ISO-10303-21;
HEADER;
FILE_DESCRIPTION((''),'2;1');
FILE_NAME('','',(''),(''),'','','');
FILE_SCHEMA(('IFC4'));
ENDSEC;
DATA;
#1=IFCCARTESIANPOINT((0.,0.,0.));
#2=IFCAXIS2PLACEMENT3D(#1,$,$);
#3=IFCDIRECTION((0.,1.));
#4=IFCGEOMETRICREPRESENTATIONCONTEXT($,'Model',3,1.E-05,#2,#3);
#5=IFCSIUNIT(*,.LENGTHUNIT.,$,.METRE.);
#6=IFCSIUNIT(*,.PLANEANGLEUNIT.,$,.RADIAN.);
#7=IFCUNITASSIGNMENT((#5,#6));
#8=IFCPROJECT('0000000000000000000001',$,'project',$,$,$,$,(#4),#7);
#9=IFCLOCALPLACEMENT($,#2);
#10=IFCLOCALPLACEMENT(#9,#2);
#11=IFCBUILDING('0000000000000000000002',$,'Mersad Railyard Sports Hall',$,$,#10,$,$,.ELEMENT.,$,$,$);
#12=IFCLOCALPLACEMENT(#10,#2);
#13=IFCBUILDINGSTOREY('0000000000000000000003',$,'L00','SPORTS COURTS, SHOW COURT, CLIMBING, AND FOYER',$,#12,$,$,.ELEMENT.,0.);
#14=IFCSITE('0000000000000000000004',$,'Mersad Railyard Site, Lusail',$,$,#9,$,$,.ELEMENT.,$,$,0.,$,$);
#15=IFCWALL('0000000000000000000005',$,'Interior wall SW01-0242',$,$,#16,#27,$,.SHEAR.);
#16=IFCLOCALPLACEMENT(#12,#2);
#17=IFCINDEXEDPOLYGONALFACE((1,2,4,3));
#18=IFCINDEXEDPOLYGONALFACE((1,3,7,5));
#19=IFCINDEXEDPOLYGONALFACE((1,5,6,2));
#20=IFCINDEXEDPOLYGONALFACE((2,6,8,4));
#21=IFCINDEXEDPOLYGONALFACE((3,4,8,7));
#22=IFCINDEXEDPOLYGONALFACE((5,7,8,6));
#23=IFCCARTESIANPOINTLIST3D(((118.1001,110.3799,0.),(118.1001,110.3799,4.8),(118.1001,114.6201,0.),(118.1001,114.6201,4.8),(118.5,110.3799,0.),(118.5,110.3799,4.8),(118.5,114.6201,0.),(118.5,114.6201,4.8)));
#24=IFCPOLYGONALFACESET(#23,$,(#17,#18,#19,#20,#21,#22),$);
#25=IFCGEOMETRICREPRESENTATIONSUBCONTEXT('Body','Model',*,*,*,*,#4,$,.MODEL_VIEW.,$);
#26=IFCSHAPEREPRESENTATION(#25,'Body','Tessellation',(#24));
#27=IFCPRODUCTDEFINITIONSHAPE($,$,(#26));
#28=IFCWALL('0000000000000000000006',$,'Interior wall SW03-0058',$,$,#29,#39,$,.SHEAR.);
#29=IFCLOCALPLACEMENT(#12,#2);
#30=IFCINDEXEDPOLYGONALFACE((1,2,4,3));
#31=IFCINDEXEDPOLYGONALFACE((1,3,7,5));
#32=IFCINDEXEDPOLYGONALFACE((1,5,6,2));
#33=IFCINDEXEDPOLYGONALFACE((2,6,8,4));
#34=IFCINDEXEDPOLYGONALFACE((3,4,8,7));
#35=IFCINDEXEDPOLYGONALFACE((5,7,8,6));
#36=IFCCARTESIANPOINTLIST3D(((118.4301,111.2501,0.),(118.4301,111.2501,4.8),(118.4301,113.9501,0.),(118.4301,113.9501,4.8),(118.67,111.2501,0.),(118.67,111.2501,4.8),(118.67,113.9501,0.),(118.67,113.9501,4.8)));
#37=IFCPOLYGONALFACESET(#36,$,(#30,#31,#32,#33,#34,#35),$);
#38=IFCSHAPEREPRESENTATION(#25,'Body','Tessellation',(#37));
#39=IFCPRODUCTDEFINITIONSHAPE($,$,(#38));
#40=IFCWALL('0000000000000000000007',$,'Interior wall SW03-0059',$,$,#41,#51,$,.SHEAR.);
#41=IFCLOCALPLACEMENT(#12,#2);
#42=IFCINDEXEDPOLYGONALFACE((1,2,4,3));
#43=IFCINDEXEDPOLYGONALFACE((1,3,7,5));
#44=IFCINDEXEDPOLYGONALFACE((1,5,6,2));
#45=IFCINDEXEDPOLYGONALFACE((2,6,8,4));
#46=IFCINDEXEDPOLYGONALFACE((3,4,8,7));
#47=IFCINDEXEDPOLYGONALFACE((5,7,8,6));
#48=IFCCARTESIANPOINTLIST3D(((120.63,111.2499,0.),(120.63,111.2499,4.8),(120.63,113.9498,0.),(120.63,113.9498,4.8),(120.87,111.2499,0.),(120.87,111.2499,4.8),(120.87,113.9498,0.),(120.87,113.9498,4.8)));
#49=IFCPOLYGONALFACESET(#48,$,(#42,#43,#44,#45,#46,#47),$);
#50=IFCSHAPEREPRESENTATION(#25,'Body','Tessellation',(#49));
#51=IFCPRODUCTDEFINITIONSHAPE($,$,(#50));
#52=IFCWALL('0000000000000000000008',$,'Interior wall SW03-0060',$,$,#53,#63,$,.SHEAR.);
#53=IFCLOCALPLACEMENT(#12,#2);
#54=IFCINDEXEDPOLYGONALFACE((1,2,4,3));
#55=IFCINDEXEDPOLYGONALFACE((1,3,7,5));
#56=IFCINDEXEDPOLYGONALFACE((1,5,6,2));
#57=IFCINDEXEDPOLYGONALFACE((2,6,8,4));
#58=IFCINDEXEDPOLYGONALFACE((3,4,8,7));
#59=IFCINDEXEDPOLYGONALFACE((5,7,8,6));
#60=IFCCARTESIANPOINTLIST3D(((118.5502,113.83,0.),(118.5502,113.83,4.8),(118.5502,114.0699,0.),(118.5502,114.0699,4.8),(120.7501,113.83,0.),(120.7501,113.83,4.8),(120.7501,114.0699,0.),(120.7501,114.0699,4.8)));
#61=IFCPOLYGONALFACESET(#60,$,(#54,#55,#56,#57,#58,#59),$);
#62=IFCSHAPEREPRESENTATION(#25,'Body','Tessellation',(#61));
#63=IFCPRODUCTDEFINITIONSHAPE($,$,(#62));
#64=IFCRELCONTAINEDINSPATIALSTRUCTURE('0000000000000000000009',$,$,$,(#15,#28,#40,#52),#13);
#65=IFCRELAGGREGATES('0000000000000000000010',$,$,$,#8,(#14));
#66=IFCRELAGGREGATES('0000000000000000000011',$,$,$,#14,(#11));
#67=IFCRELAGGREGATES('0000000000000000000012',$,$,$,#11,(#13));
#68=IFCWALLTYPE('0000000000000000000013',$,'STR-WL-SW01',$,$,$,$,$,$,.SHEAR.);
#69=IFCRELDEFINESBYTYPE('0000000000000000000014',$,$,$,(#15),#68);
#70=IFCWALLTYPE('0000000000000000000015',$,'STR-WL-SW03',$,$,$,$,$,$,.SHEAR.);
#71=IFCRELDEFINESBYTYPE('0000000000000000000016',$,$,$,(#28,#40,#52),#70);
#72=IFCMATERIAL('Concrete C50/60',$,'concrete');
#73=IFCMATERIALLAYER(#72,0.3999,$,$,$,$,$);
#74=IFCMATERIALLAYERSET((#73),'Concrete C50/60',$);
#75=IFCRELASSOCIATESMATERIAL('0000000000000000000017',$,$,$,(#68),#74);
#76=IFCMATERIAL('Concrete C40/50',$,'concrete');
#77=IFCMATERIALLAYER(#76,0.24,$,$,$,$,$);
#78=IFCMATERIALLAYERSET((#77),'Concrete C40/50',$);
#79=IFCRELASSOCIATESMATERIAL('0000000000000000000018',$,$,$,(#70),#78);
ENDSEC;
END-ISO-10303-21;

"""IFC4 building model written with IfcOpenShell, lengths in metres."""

from ifc_helpers import new_model, si_unit, direction, frame, frame_2d, origin, place, context, subcontext, project, spatial, rectangle, extrude, material, layer, layer_set, type_object, element, save


model = new_model("IFC4")

# Units and contexts
model_context = context("Model", 3, precision=1e-05, world=origin(), true_north=direction((0.0, 1.0)))
body_context = subcontext(model_context, "Body", "Model", "MODEL_VIEW")
ifc_project = project(units=[si_unit("LENGTHUNIT", "METRE"), si_unit("PLANEANGLEUNIT", "RADIAN")], contexts=[model_context])

# Site, building, storey
site_placement = place(None, origin())
site = spatial("IfcSite", under=ifc_project, at=site_placement, Name="Mersad Railyard Site, Lusail", CompositionType="ELEMENT", RefElevation=0.0)
building_placement = place(site_placement, origin())
building = spatial("IfcBuilding", under=site, at=building_placement, Name="Mersad Railyard Sports Hall", CompositionType="ELEMENT")
storey_placement = place(building_placement, origin())
storey = spatial("IfcBuildingStorey", under=building, at=storey_placement, Name="L00", Description="SPORTS COURTS, SHOW COURT, CLIMBING, AND FOYER", CompositionType="ELEMENT", Elevation=0.0)

# Shared definitions
ifc_material_1 = material(Name="Concrete C50/60", Category="concrete")

# Shared definitions
ifc_material_2 = material(Name="Concrete C40/50", Category="concrete")

# Walls
ifc_layer_1 = layer(ifc_material_1, 0.3999)
ifc_layer_set_1 = layer_set([ifc_layer_1], Name="Concrete C50/60")
wall_type_1 = type_object("IfcWallType", Name="STR-WL-SW01", PredefinedType="SHEAR", material=ifc_layer_set_1)
wall_1_placement = place(storey_placement, frame((118.3, 110.3799, 0.0), z_axis=(0.0, 0.0, 1.0), x_axis=(0.0, 1.0, 0.0)))
element("IfcWall", 1, at=wall_1_placement, inside=storey, type_object=wall_type_1, Name="Interior wall SW01-0242", PredefinedType="SHEAR", context=body_context, shape_type="SweptSolid", body=[
    extrude(rectangle(XDim=4.2402, YDim=0.3999, at=frame_2d((2.1201, 0.0))), origin(), (0.0, 0.0, 1.0), 4.8),
])
ifc_layer_2 = layer(ifc_material_2, 0.24)
ifc_layer_set_2 = layer_set([ifc_layer_2], Name="Concrete C40/50")
wall_type_2 = type_object("IfcWallType", Name="STR-WL-SW03", PredefinedType="SHEAR", material=ifc_layer_set_2)
for number, where, z_axis, x_axis, name in (
    (2, (118.55, 111.25, 0.0), (0.0, 0.0, 1.0), (0.0, 1.0, 0.0), "Interior wall SW03-0058"),
    (3, (120.75, 113.95, 0.0), (0.0, 0.0, 1.0), (0.0, -1.0, 0.0), "Interior wall SW03-0059"),
):
    element("IfcWall", number, at=place(storey_placement, frame(where, z_axis=z_axis, x_axis=x_axis)), inside=storey, type_object=wall_type_2, Name=name, PredefinedType="SHEAR", context=body_context, shape_type="SweptSolid", body=[
        extrude(rectangle(XDim=2.7, YDim=0.24, at=frame_2d((1.3501, 0.0))), origin(), (0.0, 0.0, 1.0), 4.8),
    ])
wall_2_placement = place(storey_placement, frame((118.55, 113.95, 0.0), z_axis=(0.0, 0.0, 1.0), x_axis=(1.0, 0.0, 0.0)))
element("IfcWall", 4, at=wall_2_placement, inside=storey, type_object=wall_type_2, Name="Interior wall SW03-0060", PredefinedType="SHEAR", context=body_context, shape_type="SweptSolid", body=[
    extrude(rectangle(XDim=2.2, YDim=0.24, at=frame_2d((1.1001, 0.0))), origin(), (0.0, 0.0, 1.0), 4.8),
])

save(model, "model.ifc")
